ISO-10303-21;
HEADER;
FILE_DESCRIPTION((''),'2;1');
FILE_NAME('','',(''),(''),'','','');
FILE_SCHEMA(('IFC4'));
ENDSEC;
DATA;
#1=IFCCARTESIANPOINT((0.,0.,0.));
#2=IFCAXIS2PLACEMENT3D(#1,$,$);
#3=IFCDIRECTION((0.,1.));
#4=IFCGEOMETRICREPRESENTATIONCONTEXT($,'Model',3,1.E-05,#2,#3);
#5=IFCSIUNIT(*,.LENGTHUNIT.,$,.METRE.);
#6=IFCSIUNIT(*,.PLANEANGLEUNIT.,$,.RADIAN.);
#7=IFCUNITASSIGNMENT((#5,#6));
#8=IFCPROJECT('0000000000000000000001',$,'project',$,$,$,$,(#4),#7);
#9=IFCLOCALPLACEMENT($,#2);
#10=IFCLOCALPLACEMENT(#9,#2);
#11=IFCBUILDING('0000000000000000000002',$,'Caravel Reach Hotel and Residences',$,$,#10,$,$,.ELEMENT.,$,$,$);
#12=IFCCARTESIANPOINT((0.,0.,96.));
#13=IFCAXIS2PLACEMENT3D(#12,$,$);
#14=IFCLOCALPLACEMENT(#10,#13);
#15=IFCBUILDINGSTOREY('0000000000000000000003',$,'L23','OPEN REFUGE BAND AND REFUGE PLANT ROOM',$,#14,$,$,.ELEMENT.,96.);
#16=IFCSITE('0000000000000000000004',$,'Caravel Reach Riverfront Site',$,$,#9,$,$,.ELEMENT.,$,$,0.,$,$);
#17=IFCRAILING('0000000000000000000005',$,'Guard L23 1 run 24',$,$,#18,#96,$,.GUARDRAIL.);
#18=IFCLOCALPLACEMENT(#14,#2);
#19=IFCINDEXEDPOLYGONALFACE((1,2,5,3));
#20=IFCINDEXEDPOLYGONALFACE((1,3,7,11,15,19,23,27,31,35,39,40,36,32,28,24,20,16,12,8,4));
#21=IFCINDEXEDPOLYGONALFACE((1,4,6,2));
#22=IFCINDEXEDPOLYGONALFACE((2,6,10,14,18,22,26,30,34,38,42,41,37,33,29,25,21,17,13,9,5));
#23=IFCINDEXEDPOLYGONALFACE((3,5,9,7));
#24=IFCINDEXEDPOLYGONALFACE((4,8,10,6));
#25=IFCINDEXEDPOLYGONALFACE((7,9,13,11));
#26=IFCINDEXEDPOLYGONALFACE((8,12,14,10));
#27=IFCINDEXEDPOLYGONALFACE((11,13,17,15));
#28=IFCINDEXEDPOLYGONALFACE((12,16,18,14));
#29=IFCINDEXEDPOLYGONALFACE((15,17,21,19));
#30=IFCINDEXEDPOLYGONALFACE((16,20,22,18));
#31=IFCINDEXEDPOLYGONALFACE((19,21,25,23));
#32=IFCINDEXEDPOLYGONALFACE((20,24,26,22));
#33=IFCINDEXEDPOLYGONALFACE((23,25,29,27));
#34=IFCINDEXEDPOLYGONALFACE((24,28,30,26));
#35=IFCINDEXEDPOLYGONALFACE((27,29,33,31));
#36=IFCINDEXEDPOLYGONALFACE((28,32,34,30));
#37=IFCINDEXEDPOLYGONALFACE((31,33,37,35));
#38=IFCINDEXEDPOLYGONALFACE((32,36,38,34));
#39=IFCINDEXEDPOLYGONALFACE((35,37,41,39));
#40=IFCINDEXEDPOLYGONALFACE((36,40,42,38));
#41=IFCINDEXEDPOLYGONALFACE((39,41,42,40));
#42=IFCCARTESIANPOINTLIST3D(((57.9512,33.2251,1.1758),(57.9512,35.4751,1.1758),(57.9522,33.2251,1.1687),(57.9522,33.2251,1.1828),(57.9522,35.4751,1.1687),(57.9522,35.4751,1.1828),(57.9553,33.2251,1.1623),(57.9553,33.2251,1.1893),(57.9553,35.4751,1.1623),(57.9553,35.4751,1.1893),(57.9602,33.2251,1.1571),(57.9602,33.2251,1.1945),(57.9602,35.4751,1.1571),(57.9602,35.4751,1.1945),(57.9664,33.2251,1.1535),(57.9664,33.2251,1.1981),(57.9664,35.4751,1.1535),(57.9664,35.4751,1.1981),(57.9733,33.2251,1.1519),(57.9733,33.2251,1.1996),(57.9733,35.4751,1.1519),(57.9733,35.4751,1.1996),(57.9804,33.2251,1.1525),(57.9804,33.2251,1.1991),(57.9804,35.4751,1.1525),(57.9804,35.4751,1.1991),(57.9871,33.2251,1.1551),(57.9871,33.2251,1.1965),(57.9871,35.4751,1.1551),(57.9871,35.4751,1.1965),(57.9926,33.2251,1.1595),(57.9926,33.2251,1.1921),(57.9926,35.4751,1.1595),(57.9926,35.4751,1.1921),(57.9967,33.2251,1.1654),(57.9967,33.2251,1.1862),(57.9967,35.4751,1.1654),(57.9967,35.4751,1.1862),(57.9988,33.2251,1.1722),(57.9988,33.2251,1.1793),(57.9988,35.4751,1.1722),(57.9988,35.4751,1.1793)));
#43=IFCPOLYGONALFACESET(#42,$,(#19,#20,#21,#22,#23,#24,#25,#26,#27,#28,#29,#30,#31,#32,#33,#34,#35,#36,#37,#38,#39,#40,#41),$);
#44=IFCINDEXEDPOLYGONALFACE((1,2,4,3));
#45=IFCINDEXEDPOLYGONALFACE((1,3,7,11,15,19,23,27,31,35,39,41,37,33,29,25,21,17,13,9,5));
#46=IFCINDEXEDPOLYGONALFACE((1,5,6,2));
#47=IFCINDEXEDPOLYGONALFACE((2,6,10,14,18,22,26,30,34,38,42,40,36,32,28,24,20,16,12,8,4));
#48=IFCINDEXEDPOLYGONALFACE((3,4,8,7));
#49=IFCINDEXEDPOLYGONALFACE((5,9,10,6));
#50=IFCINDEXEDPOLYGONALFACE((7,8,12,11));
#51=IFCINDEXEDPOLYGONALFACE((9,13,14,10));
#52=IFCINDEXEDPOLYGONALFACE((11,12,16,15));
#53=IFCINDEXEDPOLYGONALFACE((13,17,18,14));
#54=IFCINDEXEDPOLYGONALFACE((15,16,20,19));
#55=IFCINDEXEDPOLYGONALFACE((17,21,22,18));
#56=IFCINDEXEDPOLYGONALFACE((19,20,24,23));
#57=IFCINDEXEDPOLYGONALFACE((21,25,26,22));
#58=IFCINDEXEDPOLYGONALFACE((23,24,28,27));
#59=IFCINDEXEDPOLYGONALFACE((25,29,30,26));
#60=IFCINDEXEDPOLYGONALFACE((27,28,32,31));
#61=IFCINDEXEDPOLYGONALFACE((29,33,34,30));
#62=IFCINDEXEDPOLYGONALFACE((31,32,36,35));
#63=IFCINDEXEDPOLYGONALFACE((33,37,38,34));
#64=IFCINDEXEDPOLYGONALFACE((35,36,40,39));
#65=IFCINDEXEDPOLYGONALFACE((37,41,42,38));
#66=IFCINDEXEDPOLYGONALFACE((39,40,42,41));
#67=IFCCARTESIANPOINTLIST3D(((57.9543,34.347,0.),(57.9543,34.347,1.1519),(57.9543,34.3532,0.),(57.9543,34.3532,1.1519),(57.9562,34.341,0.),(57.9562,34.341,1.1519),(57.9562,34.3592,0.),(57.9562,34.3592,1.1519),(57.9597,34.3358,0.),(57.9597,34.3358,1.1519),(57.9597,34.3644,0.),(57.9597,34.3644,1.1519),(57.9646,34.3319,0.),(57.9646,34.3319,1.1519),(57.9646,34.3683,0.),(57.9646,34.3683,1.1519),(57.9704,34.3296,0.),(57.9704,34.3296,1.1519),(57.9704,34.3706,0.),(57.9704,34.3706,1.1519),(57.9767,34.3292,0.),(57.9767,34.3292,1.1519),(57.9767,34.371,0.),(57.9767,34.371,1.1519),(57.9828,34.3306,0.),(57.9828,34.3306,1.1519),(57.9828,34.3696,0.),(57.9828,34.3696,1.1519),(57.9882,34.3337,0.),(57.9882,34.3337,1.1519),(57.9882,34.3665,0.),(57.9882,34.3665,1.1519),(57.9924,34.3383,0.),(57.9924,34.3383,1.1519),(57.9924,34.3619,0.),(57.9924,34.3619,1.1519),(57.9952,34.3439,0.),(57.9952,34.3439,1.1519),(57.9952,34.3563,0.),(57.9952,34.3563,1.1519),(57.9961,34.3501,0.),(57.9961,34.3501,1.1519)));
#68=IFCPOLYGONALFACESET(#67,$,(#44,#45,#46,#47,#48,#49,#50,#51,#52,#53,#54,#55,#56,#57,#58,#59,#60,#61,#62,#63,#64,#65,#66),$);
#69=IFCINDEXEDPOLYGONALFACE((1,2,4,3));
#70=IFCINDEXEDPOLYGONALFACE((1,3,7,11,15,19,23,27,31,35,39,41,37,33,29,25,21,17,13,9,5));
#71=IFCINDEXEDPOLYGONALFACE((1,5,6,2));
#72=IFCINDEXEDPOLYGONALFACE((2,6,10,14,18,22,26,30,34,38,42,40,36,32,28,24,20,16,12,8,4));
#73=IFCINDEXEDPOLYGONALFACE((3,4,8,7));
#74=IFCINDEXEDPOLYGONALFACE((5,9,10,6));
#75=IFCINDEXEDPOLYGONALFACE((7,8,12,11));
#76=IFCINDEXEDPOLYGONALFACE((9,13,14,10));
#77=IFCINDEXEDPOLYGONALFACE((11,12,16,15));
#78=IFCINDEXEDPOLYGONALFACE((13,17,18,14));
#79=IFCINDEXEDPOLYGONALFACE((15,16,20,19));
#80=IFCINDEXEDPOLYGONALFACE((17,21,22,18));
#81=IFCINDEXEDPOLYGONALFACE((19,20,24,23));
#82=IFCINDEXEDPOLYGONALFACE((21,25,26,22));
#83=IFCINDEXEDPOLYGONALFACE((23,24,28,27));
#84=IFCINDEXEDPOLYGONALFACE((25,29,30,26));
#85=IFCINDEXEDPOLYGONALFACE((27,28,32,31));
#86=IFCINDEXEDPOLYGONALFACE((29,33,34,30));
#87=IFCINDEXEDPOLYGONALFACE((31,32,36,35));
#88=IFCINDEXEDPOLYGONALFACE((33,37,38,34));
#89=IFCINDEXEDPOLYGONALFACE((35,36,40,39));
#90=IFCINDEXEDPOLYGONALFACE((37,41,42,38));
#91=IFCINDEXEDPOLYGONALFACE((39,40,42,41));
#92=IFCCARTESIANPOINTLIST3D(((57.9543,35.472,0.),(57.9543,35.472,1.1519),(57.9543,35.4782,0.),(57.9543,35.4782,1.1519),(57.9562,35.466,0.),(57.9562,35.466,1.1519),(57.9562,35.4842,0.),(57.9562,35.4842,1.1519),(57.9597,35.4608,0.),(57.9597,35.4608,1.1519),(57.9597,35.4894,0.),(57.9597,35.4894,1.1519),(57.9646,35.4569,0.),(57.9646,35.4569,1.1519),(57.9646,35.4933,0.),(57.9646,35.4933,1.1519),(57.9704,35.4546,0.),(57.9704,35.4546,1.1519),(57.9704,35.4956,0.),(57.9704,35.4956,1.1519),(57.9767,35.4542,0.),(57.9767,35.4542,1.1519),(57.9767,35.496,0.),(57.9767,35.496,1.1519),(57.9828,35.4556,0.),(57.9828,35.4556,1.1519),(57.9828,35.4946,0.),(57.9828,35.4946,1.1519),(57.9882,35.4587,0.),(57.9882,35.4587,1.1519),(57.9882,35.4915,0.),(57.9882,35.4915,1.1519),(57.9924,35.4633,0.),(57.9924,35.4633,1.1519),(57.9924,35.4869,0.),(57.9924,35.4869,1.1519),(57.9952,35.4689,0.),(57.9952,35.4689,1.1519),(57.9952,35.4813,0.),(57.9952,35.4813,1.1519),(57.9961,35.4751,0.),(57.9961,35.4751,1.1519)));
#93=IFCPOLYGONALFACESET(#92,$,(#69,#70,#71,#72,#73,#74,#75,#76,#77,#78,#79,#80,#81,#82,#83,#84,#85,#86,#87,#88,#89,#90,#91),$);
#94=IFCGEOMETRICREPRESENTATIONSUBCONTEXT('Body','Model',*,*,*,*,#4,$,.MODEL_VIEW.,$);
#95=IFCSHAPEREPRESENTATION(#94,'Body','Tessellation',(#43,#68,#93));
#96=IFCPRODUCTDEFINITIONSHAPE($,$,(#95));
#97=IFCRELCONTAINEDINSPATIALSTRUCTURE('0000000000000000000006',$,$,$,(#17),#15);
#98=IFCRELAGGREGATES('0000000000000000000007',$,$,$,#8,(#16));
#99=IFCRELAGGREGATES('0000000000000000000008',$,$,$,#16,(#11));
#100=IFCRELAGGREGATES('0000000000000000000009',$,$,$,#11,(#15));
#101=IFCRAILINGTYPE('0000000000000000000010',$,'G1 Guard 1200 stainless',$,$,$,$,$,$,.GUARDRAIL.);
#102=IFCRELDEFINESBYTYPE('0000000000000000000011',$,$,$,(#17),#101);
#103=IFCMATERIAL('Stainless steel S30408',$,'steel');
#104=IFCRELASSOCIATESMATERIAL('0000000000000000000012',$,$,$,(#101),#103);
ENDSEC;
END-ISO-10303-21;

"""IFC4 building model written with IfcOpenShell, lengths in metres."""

from ifc_helpers import new_model, si_unit, direction, frame, origin, origin_2d, place, context, subcontext, project, spatial, circle, extrude, material, type_object, element, save


model = new_model("IFC4")

# Units and contexts
model_context = context("Model", 3, precision=1e-05, world=origin(), true_north=direction((0.0, 1.0)))
body_context = subcontext(model_context, "Body", "Model", "MODEL_VIEW")
ifc_project = project(units=[si_unit("LENGTHUNIT", "METRE"), si_unit("PLANEANGLEUNIT", "RADIAN")], contexts=[model_context])

# Site, building, storey
site_placement = place(None, origin())
site = spatial("IfcSite", under=ifc_project, at=site_placement, Name="Caravel Reach Riverfront Site", CompositionType="ELEMENT", RefElevation=0.0)
building_placement = place(site_placement, origin())
building = spatial("IfcBuilding", under=site, at=building_placement, Name="Caravel Reach Hotel and Residences", CompositionType="ELEMENT")
storey_placement = place(building_placement, frame((0.0, 0.0, 96.0)))
storey = spatial("IfcBuildingStorey", under=building, at=storey_placement, Name="L23", Description="OPEN REFUGE BAND AND REFUGE PLANT ROOM", CompositionType="ELEMENT", Elevation=96.0)

# Railing
ifc_material_1 = material(Name="Stainless steel S30408", Category="steel")
railing_type = type_object("IfcRailingType", Name="G1 Guard 1200 stainless", PredefinedType="GUARDRAIL", material=ifc_material_1)
railing_1_placement = place(storey_placement, frame((57.9751, 33.2251, 0.0)))
element("IfcRailing", 1, at=railing_1_placement, inside=storey, type_object=railing_type, Name="Guard L23 1 run 24", PredefinedType="GUARDRAIL", context=body_context, shape_type="SweptSolid", body=[
    extrude(circle(Radius=0.0239, at=origin_2d()), frame((0.0, 0.0, 1.1758), z_axis=(0.0, 1.0, 0.0), x_axis=(-1.0, 0.0, 0.0)), (0.0, 0.0, 1.0), 2.25),
    extrude(circle(Radius=0.021, at=origin_2d()), frame((0.0, 1.125, 0.0)), (0.0, 0.0, 1.0), 1.1519),
    extrude(circle(Radius=0.021, at=origin_2d()), frame((0.0, 2.25, 0.0)), (0.0, 0.0, 1.0), 1.1519),
])

save(model, "model.ifc")
